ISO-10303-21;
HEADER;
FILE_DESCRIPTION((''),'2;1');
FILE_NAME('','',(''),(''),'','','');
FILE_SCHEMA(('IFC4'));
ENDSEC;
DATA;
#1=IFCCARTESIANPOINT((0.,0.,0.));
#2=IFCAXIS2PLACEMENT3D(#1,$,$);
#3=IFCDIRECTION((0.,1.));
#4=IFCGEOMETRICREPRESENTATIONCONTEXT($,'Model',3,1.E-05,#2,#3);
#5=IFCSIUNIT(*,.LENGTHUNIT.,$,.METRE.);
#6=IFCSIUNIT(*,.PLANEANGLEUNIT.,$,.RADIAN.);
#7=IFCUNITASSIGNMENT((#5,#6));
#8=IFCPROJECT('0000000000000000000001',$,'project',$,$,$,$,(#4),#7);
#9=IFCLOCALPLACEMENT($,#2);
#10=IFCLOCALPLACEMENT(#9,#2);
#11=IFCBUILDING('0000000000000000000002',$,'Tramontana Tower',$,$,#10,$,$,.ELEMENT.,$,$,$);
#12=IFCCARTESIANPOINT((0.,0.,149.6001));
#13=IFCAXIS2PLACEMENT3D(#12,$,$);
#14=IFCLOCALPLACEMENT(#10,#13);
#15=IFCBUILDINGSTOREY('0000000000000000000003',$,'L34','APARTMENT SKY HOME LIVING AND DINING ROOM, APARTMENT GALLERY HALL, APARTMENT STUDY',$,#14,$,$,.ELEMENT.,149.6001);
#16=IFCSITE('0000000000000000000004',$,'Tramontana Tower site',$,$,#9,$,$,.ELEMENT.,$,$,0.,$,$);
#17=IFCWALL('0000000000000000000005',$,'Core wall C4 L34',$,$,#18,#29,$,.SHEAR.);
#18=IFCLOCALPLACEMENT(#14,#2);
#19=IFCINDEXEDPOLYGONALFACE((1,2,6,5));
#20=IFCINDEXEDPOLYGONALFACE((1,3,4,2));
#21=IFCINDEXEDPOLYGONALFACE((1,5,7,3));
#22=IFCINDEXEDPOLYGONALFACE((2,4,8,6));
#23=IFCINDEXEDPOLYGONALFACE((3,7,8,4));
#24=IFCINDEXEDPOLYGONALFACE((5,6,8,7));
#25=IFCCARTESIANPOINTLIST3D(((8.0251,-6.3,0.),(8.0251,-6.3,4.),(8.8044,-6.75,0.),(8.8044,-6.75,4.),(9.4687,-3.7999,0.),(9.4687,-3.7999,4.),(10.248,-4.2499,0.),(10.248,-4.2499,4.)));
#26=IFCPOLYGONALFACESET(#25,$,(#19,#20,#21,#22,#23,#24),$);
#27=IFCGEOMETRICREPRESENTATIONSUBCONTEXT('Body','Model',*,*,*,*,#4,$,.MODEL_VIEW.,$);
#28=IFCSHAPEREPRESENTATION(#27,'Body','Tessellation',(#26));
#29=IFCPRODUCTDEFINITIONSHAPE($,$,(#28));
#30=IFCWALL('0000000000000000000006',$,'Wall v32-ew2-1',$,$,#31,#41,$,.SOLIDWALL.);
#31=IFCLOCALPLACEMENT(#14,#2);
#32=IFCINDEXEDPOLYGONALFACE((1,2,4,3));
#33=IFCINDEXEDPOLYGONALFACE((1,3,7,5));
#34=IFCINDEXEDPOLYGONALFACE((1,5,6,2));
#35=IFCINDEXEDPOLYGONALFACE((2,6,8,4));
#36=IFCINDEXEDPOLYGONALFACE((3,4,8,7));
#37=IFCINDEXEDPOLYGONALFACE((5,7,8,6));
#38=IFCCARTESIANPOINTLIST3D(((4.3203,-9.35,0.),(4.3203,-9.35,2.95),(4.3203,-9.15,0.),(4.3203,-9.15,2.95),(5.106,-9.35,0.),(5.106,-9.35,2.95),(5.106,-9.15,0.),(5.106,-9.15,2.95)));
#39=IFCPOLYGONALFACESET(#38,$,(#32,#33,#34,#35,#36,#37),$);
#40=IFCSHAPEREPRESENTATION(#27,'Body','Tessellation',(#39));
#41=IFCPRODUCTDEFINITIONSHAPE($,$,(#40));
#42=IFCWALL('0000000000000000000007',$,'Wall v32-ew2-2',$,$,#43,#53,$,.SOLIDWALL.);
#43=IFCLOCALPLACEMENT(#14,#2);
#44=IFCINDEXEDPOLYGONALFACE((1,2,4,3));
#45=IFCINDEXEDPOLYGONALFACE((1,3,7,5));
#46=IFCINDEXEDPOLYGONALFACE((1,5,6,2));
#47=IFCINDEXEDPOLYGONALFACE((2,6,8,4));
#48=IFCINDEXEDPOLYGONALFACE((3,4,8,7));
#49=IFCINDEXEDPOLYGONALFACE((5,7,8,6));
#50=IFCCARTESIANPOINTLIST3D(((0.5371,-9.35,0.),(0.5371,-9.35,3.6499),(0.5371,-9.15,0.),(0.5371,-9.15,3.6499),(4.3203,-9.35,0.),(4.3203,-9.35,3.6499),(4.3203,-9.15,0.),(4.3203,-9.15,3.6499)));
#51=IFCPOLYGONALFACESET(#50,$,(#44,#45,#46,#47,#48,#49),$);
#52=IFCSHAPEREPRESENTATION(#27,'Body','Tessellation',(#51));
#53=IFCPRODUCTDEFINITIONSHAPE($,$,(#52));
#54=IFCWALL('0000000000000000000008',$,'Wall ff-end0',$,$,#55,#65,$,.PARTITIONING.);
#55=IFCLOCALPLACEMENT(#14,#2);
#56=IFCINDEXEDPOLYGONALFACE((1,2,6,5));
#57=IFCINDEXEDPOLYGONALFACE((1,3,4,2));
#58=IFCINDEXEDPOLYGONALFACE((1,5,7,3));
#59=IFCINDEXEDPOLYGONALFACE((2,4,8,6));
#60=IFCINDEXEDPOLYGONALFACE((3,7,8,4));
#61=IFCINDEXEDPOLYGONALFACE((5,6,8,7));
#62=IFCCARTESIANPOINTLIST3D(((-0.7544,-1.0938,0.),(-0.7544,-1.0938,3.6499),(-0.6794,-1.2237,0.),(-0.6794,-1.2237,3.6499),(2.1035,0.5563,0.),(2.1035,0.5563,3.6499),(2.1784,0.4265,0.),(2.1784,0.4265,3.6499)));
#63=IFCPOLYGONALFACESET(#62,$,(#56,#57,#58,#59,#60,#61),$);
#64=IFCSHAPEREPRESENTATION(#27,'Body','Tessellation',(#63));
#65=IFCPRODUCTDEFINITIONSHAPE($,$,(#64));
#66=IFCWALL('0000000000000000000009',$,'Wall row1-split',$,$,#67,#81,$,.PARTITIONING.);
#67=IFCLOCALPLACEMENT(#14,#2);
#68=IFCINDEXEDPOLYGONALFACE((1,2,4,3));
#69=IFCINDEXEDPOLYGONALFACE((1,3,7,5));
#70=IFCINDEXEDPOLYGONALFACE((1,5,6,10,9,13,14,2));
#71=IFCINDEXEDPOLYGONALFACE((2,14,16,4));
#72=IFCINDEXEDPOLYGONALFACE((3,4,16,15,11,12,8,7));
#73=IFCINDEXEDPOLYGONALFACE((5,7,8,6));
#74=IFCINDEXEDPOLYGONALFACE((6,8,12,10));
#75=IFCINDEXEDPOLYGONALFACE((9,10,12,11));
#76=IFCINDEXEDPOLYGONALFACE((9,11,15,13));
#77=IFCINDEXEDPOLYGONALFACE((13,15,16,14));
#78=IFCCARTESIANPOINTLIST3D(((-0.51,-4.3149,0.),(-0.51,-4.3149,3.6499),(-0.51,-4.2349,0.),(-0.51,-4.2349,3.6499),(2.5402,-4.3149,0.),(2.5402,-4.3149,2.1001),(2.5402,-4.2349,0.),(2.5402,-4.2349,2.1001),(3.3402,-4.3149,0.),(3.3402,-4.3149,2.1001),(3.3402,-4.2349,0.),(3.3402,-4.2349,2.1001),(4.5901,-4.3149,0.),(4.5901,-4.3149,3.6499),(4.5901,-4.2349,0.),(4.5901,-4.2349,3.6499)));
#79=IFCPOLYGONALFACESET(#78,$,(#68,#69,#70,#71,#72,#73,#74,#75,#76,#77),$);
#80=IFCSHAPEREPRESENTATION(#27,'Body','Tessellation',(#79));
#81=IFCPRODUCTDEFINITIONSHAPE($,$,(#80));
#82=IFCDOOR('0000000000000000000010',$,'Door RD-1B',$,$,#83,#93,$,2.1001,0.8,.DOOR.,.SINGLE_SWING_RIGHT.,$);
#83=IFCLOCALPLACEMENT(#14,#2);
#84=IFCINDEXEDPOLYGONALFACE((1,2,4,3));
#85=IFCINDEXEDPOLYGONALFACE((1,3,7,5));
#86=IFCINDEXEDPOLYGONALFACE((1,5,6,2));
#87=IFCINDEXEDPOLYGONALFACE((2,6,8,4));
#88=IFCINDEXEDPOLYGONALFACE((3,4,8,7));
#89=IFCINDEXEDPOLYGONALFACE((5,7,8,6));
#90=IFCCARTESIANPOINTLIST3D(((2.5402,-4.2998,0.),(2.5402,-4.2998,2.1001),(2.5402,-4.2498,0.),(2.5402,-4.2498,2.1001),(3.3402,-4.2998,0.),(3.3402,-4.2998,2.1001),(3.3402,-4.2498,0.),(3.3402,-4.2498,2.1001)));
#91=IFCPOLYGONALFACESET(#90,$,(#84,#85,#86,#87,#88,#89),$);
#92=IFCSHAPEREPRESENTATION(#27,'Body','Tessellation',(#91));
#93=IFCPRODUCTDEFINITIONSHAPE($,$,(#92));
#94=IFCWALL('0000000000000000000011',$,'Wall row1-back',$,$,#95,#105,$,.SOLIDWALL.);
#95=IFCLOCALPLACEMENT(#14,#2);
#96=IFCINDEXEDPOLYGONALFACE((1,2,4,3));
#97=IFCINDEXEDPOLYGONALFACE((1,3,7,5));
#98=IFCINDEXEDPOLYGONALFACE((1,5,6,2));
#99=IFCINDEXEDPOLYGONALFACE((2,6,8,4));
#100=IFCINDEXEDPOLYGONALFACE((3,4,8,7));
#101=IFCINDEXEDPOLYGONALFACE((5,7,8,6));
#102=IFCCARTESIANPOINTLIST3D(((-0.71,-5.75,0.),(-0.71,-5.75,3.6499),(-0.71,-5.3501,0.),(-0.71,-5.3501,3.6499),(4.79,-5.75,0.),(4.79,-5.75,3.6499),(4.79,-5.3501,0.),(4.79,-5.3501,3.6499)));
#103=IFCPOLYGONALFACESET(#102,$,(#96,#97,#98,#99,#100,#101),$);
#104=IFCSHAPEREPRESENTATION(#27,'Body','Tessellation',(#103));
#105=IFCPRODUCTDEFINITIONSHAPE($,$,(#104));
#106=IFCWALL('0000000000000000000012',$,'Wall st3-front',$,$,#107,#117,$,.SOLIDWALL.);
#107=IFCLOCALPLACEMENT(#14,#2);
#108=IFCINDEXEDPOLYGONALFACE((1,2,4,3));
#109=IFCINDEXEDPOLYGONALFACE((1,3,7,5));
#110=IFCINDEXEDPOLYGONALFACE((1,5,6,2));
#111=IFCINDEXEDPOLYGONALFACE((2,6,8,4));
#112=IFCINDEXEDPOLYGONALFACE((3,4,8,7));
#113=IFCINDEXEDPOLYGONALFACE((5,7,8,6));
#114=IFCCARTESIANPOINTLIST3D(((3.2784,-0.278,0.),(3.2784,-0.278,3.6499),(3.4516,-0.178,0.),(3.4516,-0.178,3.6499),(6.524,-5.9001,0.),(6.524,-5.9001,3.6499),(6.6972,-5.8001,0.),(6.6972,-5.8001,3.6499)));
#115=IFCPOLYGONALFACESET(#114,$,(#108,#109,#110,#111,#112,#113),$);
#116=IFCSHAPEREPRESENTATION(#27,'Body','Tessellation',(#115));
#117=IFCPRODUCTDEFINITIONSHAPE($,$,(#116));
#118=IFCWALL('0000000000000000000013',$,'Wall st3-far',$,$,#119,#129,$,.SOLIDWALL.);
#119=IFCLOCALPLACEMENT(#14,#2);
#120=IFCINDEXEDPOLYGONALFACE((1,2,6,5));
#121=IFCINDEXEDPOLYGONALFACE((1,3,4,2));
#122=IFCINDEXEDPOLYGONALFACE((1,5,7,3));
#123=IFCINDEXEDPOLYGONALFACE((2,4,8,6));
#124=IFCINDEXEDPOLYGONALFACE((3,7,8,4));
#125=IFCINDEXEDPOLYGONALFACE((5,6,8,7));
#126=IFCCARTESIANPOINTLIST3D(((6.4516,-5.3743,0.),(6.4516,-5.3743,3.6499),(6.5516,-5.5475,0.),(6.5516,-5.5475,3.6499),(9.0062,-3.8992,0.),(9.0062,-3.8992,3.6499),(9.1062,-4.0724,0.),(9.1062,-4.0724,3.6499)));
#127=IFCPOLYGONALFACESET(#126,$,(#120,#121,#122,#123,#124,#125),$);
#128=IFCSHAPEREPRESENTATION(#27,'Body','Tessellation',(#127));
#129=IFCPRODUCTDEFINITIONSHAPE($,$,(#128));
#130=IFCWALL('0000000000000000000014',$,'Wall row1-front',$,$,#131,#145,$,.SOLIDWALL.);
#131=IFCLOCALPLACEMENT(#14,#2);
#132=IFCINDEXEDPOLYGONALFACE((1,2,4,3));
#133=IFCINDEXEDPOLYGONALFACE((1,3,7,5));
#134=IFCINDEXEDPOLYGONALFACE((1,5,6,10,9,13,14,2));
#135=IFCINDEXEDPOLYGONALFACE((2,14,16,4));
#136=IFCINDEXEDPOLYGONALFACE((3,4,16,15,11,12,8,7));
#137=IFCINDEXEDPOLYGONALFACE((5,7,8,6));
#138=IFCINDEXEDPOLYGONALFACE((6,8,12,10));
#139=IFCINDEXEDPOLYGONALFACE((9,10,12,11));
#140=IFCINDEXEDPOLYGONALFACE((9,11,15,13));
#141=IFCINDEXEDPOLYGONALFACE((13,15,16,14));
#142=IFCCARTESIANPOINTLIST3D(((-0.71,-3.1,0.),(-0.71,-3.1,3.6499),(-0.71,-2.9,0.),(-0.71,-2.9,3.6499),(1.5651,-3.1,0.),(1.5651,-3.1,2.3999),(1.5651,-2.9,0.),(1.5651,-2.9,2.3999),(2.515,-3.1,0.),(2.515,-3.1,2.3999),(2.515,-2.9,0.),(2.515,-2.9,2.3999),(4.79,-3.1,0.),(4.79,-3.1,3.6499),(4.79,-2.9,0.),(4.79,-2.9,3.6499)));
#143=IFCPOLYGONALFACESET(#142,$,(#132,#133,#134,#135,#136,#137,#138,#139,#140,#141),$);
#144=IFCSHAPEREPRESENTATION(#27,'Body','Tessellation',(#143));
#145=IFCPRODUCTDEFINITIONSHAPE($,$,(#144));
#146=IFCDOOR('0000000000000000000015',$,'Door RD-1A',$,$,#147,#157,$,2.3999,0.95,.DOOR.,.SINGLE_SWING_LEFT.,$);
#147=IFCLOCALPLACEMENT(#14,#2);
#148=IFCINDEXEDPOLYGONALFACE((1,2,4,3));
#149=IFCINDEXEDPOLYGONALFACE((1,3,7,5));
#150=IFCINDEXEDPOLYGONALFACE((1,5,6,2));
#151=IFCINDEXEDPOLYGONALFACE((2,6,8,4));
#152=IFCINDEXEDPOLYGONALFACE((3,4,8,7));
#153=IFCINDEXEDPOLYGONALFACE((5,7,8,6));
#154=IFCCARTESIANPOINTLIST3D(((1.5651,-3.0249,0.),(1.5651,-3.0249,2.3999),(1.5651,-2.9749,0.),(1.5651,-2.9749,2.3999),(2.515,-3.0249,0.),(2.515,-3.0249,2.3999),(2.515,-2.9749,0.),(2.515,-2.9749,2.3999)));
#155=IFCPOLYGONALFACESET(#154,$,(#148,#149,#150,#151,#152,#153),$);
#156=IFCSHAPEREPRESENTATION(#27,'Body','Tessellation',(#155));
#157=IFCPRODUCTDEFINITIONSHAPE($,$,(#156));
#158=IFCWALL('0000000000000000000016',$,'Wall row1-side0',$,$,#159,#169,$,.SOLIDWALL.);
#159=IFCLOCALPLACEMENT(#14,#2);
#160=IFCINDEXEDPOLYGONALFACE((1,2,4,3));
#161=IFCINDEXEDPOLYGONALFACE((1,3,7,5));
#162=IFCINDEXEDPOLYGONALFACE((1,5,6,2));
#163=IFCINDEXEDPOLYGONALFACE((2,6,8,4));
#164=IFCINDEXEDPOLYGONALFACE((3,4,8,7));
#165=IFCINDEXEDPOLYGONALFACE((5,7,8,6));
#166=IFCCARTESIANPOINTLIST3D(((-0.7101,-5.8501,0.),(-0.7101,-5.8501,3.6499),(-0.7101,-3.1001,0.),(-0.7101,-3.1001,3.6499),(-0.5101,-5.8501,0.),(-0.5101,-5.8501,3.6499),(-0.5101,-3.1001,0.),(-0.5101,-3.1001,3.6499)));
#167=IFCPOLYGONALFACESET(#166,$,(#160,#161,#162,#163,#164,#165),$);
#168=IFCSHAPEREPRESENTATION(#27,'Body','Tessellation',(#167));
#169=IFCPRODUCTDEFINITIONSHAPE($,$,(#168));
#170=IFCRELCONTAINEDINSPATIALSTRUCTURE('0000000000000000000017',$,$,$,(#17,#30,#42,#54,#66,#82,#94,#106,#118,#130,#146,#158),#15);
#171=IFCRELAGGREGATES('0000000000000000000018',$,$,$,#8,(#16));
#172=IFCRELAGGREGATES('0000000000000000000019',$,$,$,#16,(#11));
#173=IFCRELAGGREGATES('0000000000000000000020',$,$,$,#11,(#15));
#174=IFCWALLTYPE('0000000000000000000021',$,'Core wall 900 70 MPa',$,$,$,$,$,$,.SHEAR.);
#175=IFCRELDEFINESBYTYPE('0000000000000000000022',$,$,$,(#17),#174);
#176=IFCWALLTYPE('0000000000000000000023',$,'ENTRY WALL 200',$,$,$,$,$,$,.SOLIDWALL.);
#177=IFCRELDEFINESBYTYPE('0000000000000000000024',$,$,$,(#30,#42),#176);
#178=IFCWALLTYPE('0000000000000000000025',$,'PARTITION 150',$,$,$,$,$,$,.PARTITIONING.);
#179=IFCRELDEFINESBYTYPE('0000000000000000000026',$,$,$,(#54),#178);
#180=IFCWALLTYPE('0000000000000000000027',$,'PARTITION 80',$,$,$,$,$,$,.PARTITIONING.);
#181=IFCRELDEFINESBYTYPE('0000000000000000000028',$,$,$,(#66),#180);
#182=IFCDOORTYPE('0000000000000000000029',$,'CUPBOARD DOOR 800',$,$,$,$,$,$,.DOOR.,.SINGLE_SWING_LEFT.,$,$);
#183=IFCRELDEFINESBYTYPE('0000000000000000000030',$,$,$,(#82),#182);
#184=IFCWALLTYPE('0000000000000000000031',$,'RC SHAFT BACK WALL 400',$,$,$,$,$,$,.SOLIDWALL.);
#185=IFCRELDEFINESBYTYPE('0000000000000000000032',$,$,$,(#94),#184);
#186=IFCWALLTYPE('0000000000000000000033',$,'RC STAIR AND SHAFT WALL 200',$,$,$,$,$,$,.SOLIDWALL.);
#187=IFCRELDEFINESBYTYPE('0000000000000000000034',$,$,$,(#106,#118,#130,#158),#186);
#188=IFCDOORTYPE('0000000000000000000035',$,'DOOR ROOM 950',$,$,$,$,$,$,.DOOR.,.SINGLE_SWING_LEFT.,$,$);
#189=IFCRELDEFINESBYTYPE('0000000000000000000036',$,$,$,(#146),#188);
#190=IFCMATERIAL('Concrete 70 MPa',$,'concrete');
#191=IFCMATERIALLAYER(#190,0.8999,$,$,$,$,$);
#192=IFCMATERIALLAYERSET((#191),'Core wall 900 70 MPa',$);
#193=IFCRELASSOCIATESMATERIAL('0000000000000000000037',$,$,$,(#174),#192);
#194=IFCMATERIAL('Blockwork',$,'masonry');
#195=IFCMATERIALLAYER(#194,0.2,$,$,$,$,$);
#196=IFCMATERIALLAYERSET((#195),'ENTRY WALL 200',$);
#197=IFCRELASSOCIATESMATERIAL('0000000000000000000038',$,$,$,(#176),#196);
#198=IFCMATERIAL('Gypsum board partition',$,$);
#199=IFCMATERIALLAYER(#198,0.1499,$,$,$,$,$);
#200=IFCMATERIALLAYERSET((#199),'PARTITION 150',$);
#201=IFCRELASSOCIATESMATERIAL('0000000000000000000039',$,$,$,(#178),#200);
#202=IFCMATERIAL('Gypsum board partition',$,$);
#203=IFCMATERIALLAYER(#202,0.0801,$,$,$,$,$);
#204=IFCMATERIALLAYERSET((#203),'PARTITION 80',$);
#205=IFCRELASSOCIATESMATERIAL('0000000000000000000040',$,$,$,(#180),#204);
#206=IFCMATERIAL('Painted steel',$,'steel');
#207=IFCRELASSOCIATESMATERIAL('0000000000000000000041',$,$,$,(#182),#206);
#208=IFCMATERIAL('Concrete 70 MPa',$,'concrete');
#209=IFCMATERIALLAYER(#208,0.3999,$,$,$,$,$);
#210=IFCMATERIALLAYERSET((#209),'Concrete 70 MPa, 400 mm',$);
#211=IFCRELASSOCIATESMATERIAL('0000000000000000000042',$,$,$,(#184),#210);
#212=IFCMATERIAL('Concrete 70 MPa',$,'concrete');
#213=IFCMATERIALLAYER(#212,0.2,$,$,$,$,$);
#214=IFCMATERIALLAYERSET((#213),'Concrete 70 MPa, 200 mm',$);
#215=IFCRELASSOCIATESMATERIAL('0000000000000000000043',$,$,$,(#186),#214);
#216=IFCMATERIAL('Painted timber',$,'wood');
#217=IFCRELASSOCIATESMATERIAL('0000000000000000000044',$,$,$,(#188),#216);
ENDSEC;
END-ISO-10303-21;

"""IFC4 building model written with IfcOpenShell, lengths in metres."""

from ifc_helpers import new_model, si_unit, direction, frame, frame_2d, origin, place, context, subcontext, project, spatial, rectangle, extrude, material, layer, layer_set, type_object, element, fill, save


model = new_model("IFC4")

# Units and contexts
model_context = context("Model", 3, precision=1e-05, world=origin(), true_north=direction((0.0, 1.0)))
body_context = subcontext(model_context, "Body", "Model", "MODEL_VIEW")
ifc_project = project(units=[si_unit("LENGTHUNIT", "METRE"), si_unit("PLANEANGLEUNIT", "RADIAN")], contexts=[model_context])

# Site, building, storey
site_placement = place(None, origin())
site = spatial("IfcSite", under=ifc_project, at=site_placement, Name="Tramontana Tower site", CompositionType="ELEMENT", RefElevation=0.0)
building_placement = place(site_placement, origin())
building = spatial("IfcBuilding", under=site, at=building_placement, Name="Tramontana Tower", CompositionType="ELEMENT")
storey_placement = place(building_placement, frame((0.0, 0.0, 149.6001)))
storey = spatial("IfcBuildingStorey", under=building, at=storey_placement, Name="L34", Description="APARTMENT SKY HOME LIVING AND DINING ROOM, APARTMENT GALLERY HALL, APARTMENT STUDY", CompositionType="ELEMENT", Elevation=149.6001)

# Walls
ifc_material_1 = material(Name="Concrete 70 MPa", Category="concrete")
ifc_layer_1 = layer(ifc_material_1, 0.8999)
ifc_layer_set_1 = layer_set([ifc_layer_1], Name="Core wall 900 70 MPa")
wall_type_1 = type_object("IfcWallType", Name="Core wall 900 70 MPa", PredefinedType="SHEAR", material=ifc_layer_set_1)
wall_1_placement = place(storey_placement, frame((8.4148, -6.5249, 0.0), z_axis=(0.0, 0.0, 1.0), x_axis=(0.500059, 0.865991, 0.0)))
element("IfcWall", 1, at=wall_1_placement, inside=storey, type_object=wall_type_1, Name="Core wall C4 L34", PredefinedType="SHEAR", context=body_context, shape_type="SweptSolid", body=[
    extrude(rectangle(XDim=2.887, YDim=0.8999, at=frame_2d((1.4434, 0.0))), origin(), (0.0, 0.0, 1.0), 4.0),
])
ifc_material_2 = material(Name="Blockwork", Category="masonry")
ifc_layer_2 = layer(ifc_material_2, 0.2)
ifc_layer_set_2 = layer_set([ifc_layer_2], Name="ENTRY WALL 200")
wall_type_2 = type_object("IfcWallType", Name="ENTRY WALL 200", PredefinedType="SOLIDWALL", material=ifc_layer_set_2)
wall_2_placement = place(storey_placement, frame((5.106, -9.25, 0.0), z_axis=(0.0, 0.0, 1.0), x_axis=(-1.0, 0.0, 0.0)))
element("IfcWall", 2, at=wall_2_placement, inside=storey, type_object=wall_type_2, Name="Wall v32-ew2-1", PredefinedType="SOLIDWALL", context=body_context, shape_type="SweptSolid", body=[
    extrude(rectangle(XDim=0.7856, YDim=0.2, at=frame_2d((0.3928, 0.0))), origin(), (0.0, 0.0, 1.0), 2.95),
])
wall_3_placement = place(storey_placement, frame((4.3203, -9.25, 0.0), z_axis=(0.0, 0.0, 1.0), x_axis=(-1.0, 0.0, 0.0)))
element("IfcWall", 3, at=wall_3_placement, inside=storey, type_object=wall_type_2, Name="Wall v32-ew2-2", PredefinedType="SOLIDWALL", context=body_context, shape_type="SweptSolid", body=[
    extrude(rectangle(XDim=3.7832, YDim=0.2, at=frame_2d((1.8916, 0.0))), origin(), (0.0, 0.0, 1.0), 3.6499),
])

# Shared definitions
ifc_material_3 = material(Name="Gypsum board partition")
ifc_layer_3 = layer(ifc_material_3, 0.1499)
ifc_layer_set_3 = layer_set([ifc_layer_3], Name="PARTITION 150")
wall_type_3 = type_object("IfcWallType", Name="PARTITION 150", PredefinedType="PARTITIONING", material=ifc_layer_set_3)

# Wall
wall_4_placement = place(storey_placement, frame((-0.7168, -1.1587, 0.0), z_axis=(0.0, 0.0, 1.0), x_axis=(0.866008, 0.50003, 0.0)))
element("IfcWall", 4, at=wall_4_placement, inside=storey, type_object=wall_type_3, Name="Wall ff-end0", PredefinedType="PARTITIONING", context=body_context, shape_type="SweptSolid", body=[
    extrude(rectangle(XDim=3.3, YDim=0.1499, at=frame_2d((1.6499, 0.0))), origin(), (0.0, 0.0, 1.0), 3.6499),
])

# Wall, opening, door
ifc_material_4 = material(Name="Gypsum board partition")
ifc_layer_4 = layer(ifc_material_4, 0.0801)
ifc_layer_set_4 = layer_set([ifc_layer_4], Name="PARTITION 80")
wall_type_4 = type_object("IfcWallType", Name="PARTITION 80", PredefinedType="PARTITIONING", material=ifc_layer_set_4)
wall_5_placement = place(storey_placement, frame((4.5901, -4.2749, 0.0), z_axis=(0.0, 0.0, 1.0), x_axis=(-1.0, 0.0, 0.0)))
wall_5 = element("IfcWall", 5, at=wall_5_placement, inside=storey, type_object=wall_type_4, Name="Wall row1-split", PredefinedType="PARTITIONING", context=body_context, shape_type="SweptSolid", body=[
    extrude(rectangle(XDim=5.1001, YDim=0.0801, at=frame_2d((2.55, 0.0))), origin(), (0.0, 0.0, 1.0), 3.6499),
])
opening_1_placement = place(wall_5_placement, frame((1.25, 0.0, 0.0)))
opening_1 = element("IfcOpeningElement", 6, at=opening_1_placement, cuts=wall_5, PredefinedType="OPENING", context=body_context, shape_type="SweptSolid", body=[
    extrude(rectangle(XDim=0.8, YDim=2.1001, at=frame_2d((0.3999, 1.05))), frame((0.0, 0.05, 0.0), z_axis=(0.0, -1.0, 0.0), x_axis=(1.0, 0.0, 0.0)), (0.0, 0.0, 1.0), 0.1001),
])
ifc_material_5 = material(Name="Painted steel", Category="steel")
door_type_1 = type_object("IfcDoorType", Name="CUPBOARD DOOR 800", OperationType="SINGLE_SWING_LEFT", PredefinedType="DOOR", material=ifc_material_5)
door_1_placement = place(opening_1_placement, origin())
door_1 = element("IfcDoor", 7, at=door_1_placement, inside=storey, type_object=door_type_1, Name="Door RD-1B", OperationType="SINGLE_SWING_RIGHT", OverallHeight=2.1001, OverallWidth=0.8, PredefinedType="DOOR", context=body_context, shape_type="SweptSolid", body=[
    extrude(rectangle(XDim=0.8, YDim=2.1001, at=frame_2d((0.3999, 1.05))), frame((0.0, 0.0249, 0.0), z_axis=(0.0, -1.0, 0.0), x_axis=(1.0, 0.0, 0.0)), (0.0, 0.0, 1.0), 0.05),
])
fill(opening_1, door_1)

# Wall
ifc_material_6 = material(Name="Concrete 70 MPa", Category="concrete")
ifc_layer_5 = layer(ifc_material_6, 0.3999)
ifc_layer_set_5 = layer_set([ifc_layer_5], Name="Concrete 70 MPa, 400 mm")
wall_type_5 = type_object("IfcWallType", Name="RC SHAFT BACK WALL 400", PredefinedType="SOLIDWALL", material=ifc_layer_set_5)
wall_6_placement = place(storey_placement, frame((-0.71, -5.55, 0.0), z_axis=(0.0, 0.0, 1.0), x_axis=(1.0, 0.0, 0.0)))
element("IfcWall", 8, at=wall_6_placement, inside=storey, type_object=wall_type_5, Name="Wall row1-back", PredefinedType="SOLIDWALL", context=body_context, shape_type="SweptSolid", body=[
    extrude(rectangle(XDim=5.5, YDim=0.3999, at=frame_2d((2.75, 0.0))), origin(), (0.0, 0.0, 1.0), 3.6499),
])

# Shared definitions
ifc_material_7 = material(Name="Concrete 70 MPa", Category="concrete")
ifc_layer_6 = layer(ifc_material_7, 0.2)
ifc_layer_set_6 = layer_set([ifc_layer_6], Name="Concrete 70 MPa, 200 mm")
wall_type_6 = type_object("IfcWallType", Name="RC STAIR AND SHAFT WALL 200", PredefinedType="SOLIDWALL", material=ifc_layer_set_6)

# Walls
wall_7_placement = place(storey_placement, frame((6.6106, -5.8501, 0.0), z_axis=(0.0, 0.0, 1.0), x_axis=(-0.499966, 0.866045, 0.0)))
element("IfcWall", 9, at=wall_7_placement, inside=storey, type_object=wall_type_6, Name="Wall st3-front", PredefinedType="SOLIDWALL", context=body_context, shape_type="SweptSolid", body=[
    extrude(rectangle(XDim=6.4917, YDim=0.2, at=frame_2d((3.2458, 0.0))), origin(), (0.0, 0.0, 1.0), 3.6499),
])
wall_8_placement = place(storey_placement, frame((6.5015, -5.4609, 0.0), z_axis=(0.0, 0.0, 1.0), x_axis=(0.866004, 0.500038, 0.0)))
element("IfcWall", 10, at=wall_8_placement, inside=storey, type_object=wall_type_6, Name="Wall st3-far", PredefinedType="SOLIDWALL", context=body_context, shape_type="SweptSolid", body=[
    extrude(rectangle(XDim=2.95, YDim=0.2, at=frame_2d((1.4751, 0.0))), origin(), (0.0, 0.0, 1.0), 3.6499),
])

# Wall, opening, door
wall_9_placement = place(storey_placement, frame((4.79, -3.0, 0.0), z_axis=(0.0, 0.0, 1.0), x_axis=(-1.0, 0.0, 0.0)))
wall_9 = element("IfcWall", 11, at=wall_9_placement, inside=storey, type_object=wall_type_6, Name="Wall row1-front", PredefinedType="SOLIDWALL", context=body_context, shape_type="SweptSolid", body=[
    extrude(rectangle(XDim=5.5, YDim=0.2, at=frame_2d((2.75, 0.0))), origin(), (0.0, 0.0, 1.0), 3.6499),
])
opening_2_placement = place(wall_9_placement, frame((2.2749, 0.0, 0.0)))
opening_2 = element("IfcOpeningElement", 12, at=opening_2_placement, cuts=wall_9, PredefinedType="OPENING", context=body_context, shape_type="SweptSolid", body=[
    extrude(rectangle(XDim=0.95, YDim=2.3999, at=frame_2d((0.4751, 1.2))), frame((0.0, 0.1099, 0.0), z_axis=(0.0, -1.0, 0.0), x_axis=(1.0, 0.0, 0.0)), (0.0, 0.0, 1.0), 0.22),
])
ifc_material_8 = material(Name="Painted timber", Category="wood")
door_type_2 = type_object("IfcDoorType", Name="DOOR ROOM 950", OperationType="SINGLE_SWING_LEFT", PredefinedType="DOOR", material=ifc_material_8)
door_2_placement = place(opening_2_placement, origin())
door_2 = element("IfcDoor", 13, at=door_2_placement, inside=storey, type_object=door_type_2, Name="Door RD-1A", OperationType="SINGLE_SWING_LEFT", OverallHeight=2.3999, OverallWidth=0.95, PredefinedType="DOOR", context=body_context, shape_type="SweptSolid", body=[
    extrude(rectangle(XDim=0.95, YDim=2.3999, at=frame_2d((0.4751, 1.2))), frame((0.0, 0.0249, 0.0), z_axis=(0.0, -1.0, 0.0), x_axis=(1.0, 0.0, 0.0)), (0.0, 0.0, 1.0), 0.05),
])
fill(opening_2, door_2)

# Wall
for number, where, z_axis, x_axis, name in (
    (14, (-0.6101, -3.1001, 0.0), (0.0, 0.0, 1.0), (0.0, -1.0, 0.0), "Wall row1-side0"),
):
    element("IfcWall", number, at=place(storey_placement, frame(where, z_axis=z_axis, x_axis=x_axis)), inside=storey, type_object=wall_type_6, Name=name, PredefinedType="SOLIDWALL", context=body_context, shape_type="SweptSolid", body=[
        extrude(rectangle(XDim=2.75, YDim=0.2, at=frame_2d((1.375, 0.0))), origin(), (0.0, 0.0, 1.0), 3.6499),
    ])

save(model, "model.ifc")
